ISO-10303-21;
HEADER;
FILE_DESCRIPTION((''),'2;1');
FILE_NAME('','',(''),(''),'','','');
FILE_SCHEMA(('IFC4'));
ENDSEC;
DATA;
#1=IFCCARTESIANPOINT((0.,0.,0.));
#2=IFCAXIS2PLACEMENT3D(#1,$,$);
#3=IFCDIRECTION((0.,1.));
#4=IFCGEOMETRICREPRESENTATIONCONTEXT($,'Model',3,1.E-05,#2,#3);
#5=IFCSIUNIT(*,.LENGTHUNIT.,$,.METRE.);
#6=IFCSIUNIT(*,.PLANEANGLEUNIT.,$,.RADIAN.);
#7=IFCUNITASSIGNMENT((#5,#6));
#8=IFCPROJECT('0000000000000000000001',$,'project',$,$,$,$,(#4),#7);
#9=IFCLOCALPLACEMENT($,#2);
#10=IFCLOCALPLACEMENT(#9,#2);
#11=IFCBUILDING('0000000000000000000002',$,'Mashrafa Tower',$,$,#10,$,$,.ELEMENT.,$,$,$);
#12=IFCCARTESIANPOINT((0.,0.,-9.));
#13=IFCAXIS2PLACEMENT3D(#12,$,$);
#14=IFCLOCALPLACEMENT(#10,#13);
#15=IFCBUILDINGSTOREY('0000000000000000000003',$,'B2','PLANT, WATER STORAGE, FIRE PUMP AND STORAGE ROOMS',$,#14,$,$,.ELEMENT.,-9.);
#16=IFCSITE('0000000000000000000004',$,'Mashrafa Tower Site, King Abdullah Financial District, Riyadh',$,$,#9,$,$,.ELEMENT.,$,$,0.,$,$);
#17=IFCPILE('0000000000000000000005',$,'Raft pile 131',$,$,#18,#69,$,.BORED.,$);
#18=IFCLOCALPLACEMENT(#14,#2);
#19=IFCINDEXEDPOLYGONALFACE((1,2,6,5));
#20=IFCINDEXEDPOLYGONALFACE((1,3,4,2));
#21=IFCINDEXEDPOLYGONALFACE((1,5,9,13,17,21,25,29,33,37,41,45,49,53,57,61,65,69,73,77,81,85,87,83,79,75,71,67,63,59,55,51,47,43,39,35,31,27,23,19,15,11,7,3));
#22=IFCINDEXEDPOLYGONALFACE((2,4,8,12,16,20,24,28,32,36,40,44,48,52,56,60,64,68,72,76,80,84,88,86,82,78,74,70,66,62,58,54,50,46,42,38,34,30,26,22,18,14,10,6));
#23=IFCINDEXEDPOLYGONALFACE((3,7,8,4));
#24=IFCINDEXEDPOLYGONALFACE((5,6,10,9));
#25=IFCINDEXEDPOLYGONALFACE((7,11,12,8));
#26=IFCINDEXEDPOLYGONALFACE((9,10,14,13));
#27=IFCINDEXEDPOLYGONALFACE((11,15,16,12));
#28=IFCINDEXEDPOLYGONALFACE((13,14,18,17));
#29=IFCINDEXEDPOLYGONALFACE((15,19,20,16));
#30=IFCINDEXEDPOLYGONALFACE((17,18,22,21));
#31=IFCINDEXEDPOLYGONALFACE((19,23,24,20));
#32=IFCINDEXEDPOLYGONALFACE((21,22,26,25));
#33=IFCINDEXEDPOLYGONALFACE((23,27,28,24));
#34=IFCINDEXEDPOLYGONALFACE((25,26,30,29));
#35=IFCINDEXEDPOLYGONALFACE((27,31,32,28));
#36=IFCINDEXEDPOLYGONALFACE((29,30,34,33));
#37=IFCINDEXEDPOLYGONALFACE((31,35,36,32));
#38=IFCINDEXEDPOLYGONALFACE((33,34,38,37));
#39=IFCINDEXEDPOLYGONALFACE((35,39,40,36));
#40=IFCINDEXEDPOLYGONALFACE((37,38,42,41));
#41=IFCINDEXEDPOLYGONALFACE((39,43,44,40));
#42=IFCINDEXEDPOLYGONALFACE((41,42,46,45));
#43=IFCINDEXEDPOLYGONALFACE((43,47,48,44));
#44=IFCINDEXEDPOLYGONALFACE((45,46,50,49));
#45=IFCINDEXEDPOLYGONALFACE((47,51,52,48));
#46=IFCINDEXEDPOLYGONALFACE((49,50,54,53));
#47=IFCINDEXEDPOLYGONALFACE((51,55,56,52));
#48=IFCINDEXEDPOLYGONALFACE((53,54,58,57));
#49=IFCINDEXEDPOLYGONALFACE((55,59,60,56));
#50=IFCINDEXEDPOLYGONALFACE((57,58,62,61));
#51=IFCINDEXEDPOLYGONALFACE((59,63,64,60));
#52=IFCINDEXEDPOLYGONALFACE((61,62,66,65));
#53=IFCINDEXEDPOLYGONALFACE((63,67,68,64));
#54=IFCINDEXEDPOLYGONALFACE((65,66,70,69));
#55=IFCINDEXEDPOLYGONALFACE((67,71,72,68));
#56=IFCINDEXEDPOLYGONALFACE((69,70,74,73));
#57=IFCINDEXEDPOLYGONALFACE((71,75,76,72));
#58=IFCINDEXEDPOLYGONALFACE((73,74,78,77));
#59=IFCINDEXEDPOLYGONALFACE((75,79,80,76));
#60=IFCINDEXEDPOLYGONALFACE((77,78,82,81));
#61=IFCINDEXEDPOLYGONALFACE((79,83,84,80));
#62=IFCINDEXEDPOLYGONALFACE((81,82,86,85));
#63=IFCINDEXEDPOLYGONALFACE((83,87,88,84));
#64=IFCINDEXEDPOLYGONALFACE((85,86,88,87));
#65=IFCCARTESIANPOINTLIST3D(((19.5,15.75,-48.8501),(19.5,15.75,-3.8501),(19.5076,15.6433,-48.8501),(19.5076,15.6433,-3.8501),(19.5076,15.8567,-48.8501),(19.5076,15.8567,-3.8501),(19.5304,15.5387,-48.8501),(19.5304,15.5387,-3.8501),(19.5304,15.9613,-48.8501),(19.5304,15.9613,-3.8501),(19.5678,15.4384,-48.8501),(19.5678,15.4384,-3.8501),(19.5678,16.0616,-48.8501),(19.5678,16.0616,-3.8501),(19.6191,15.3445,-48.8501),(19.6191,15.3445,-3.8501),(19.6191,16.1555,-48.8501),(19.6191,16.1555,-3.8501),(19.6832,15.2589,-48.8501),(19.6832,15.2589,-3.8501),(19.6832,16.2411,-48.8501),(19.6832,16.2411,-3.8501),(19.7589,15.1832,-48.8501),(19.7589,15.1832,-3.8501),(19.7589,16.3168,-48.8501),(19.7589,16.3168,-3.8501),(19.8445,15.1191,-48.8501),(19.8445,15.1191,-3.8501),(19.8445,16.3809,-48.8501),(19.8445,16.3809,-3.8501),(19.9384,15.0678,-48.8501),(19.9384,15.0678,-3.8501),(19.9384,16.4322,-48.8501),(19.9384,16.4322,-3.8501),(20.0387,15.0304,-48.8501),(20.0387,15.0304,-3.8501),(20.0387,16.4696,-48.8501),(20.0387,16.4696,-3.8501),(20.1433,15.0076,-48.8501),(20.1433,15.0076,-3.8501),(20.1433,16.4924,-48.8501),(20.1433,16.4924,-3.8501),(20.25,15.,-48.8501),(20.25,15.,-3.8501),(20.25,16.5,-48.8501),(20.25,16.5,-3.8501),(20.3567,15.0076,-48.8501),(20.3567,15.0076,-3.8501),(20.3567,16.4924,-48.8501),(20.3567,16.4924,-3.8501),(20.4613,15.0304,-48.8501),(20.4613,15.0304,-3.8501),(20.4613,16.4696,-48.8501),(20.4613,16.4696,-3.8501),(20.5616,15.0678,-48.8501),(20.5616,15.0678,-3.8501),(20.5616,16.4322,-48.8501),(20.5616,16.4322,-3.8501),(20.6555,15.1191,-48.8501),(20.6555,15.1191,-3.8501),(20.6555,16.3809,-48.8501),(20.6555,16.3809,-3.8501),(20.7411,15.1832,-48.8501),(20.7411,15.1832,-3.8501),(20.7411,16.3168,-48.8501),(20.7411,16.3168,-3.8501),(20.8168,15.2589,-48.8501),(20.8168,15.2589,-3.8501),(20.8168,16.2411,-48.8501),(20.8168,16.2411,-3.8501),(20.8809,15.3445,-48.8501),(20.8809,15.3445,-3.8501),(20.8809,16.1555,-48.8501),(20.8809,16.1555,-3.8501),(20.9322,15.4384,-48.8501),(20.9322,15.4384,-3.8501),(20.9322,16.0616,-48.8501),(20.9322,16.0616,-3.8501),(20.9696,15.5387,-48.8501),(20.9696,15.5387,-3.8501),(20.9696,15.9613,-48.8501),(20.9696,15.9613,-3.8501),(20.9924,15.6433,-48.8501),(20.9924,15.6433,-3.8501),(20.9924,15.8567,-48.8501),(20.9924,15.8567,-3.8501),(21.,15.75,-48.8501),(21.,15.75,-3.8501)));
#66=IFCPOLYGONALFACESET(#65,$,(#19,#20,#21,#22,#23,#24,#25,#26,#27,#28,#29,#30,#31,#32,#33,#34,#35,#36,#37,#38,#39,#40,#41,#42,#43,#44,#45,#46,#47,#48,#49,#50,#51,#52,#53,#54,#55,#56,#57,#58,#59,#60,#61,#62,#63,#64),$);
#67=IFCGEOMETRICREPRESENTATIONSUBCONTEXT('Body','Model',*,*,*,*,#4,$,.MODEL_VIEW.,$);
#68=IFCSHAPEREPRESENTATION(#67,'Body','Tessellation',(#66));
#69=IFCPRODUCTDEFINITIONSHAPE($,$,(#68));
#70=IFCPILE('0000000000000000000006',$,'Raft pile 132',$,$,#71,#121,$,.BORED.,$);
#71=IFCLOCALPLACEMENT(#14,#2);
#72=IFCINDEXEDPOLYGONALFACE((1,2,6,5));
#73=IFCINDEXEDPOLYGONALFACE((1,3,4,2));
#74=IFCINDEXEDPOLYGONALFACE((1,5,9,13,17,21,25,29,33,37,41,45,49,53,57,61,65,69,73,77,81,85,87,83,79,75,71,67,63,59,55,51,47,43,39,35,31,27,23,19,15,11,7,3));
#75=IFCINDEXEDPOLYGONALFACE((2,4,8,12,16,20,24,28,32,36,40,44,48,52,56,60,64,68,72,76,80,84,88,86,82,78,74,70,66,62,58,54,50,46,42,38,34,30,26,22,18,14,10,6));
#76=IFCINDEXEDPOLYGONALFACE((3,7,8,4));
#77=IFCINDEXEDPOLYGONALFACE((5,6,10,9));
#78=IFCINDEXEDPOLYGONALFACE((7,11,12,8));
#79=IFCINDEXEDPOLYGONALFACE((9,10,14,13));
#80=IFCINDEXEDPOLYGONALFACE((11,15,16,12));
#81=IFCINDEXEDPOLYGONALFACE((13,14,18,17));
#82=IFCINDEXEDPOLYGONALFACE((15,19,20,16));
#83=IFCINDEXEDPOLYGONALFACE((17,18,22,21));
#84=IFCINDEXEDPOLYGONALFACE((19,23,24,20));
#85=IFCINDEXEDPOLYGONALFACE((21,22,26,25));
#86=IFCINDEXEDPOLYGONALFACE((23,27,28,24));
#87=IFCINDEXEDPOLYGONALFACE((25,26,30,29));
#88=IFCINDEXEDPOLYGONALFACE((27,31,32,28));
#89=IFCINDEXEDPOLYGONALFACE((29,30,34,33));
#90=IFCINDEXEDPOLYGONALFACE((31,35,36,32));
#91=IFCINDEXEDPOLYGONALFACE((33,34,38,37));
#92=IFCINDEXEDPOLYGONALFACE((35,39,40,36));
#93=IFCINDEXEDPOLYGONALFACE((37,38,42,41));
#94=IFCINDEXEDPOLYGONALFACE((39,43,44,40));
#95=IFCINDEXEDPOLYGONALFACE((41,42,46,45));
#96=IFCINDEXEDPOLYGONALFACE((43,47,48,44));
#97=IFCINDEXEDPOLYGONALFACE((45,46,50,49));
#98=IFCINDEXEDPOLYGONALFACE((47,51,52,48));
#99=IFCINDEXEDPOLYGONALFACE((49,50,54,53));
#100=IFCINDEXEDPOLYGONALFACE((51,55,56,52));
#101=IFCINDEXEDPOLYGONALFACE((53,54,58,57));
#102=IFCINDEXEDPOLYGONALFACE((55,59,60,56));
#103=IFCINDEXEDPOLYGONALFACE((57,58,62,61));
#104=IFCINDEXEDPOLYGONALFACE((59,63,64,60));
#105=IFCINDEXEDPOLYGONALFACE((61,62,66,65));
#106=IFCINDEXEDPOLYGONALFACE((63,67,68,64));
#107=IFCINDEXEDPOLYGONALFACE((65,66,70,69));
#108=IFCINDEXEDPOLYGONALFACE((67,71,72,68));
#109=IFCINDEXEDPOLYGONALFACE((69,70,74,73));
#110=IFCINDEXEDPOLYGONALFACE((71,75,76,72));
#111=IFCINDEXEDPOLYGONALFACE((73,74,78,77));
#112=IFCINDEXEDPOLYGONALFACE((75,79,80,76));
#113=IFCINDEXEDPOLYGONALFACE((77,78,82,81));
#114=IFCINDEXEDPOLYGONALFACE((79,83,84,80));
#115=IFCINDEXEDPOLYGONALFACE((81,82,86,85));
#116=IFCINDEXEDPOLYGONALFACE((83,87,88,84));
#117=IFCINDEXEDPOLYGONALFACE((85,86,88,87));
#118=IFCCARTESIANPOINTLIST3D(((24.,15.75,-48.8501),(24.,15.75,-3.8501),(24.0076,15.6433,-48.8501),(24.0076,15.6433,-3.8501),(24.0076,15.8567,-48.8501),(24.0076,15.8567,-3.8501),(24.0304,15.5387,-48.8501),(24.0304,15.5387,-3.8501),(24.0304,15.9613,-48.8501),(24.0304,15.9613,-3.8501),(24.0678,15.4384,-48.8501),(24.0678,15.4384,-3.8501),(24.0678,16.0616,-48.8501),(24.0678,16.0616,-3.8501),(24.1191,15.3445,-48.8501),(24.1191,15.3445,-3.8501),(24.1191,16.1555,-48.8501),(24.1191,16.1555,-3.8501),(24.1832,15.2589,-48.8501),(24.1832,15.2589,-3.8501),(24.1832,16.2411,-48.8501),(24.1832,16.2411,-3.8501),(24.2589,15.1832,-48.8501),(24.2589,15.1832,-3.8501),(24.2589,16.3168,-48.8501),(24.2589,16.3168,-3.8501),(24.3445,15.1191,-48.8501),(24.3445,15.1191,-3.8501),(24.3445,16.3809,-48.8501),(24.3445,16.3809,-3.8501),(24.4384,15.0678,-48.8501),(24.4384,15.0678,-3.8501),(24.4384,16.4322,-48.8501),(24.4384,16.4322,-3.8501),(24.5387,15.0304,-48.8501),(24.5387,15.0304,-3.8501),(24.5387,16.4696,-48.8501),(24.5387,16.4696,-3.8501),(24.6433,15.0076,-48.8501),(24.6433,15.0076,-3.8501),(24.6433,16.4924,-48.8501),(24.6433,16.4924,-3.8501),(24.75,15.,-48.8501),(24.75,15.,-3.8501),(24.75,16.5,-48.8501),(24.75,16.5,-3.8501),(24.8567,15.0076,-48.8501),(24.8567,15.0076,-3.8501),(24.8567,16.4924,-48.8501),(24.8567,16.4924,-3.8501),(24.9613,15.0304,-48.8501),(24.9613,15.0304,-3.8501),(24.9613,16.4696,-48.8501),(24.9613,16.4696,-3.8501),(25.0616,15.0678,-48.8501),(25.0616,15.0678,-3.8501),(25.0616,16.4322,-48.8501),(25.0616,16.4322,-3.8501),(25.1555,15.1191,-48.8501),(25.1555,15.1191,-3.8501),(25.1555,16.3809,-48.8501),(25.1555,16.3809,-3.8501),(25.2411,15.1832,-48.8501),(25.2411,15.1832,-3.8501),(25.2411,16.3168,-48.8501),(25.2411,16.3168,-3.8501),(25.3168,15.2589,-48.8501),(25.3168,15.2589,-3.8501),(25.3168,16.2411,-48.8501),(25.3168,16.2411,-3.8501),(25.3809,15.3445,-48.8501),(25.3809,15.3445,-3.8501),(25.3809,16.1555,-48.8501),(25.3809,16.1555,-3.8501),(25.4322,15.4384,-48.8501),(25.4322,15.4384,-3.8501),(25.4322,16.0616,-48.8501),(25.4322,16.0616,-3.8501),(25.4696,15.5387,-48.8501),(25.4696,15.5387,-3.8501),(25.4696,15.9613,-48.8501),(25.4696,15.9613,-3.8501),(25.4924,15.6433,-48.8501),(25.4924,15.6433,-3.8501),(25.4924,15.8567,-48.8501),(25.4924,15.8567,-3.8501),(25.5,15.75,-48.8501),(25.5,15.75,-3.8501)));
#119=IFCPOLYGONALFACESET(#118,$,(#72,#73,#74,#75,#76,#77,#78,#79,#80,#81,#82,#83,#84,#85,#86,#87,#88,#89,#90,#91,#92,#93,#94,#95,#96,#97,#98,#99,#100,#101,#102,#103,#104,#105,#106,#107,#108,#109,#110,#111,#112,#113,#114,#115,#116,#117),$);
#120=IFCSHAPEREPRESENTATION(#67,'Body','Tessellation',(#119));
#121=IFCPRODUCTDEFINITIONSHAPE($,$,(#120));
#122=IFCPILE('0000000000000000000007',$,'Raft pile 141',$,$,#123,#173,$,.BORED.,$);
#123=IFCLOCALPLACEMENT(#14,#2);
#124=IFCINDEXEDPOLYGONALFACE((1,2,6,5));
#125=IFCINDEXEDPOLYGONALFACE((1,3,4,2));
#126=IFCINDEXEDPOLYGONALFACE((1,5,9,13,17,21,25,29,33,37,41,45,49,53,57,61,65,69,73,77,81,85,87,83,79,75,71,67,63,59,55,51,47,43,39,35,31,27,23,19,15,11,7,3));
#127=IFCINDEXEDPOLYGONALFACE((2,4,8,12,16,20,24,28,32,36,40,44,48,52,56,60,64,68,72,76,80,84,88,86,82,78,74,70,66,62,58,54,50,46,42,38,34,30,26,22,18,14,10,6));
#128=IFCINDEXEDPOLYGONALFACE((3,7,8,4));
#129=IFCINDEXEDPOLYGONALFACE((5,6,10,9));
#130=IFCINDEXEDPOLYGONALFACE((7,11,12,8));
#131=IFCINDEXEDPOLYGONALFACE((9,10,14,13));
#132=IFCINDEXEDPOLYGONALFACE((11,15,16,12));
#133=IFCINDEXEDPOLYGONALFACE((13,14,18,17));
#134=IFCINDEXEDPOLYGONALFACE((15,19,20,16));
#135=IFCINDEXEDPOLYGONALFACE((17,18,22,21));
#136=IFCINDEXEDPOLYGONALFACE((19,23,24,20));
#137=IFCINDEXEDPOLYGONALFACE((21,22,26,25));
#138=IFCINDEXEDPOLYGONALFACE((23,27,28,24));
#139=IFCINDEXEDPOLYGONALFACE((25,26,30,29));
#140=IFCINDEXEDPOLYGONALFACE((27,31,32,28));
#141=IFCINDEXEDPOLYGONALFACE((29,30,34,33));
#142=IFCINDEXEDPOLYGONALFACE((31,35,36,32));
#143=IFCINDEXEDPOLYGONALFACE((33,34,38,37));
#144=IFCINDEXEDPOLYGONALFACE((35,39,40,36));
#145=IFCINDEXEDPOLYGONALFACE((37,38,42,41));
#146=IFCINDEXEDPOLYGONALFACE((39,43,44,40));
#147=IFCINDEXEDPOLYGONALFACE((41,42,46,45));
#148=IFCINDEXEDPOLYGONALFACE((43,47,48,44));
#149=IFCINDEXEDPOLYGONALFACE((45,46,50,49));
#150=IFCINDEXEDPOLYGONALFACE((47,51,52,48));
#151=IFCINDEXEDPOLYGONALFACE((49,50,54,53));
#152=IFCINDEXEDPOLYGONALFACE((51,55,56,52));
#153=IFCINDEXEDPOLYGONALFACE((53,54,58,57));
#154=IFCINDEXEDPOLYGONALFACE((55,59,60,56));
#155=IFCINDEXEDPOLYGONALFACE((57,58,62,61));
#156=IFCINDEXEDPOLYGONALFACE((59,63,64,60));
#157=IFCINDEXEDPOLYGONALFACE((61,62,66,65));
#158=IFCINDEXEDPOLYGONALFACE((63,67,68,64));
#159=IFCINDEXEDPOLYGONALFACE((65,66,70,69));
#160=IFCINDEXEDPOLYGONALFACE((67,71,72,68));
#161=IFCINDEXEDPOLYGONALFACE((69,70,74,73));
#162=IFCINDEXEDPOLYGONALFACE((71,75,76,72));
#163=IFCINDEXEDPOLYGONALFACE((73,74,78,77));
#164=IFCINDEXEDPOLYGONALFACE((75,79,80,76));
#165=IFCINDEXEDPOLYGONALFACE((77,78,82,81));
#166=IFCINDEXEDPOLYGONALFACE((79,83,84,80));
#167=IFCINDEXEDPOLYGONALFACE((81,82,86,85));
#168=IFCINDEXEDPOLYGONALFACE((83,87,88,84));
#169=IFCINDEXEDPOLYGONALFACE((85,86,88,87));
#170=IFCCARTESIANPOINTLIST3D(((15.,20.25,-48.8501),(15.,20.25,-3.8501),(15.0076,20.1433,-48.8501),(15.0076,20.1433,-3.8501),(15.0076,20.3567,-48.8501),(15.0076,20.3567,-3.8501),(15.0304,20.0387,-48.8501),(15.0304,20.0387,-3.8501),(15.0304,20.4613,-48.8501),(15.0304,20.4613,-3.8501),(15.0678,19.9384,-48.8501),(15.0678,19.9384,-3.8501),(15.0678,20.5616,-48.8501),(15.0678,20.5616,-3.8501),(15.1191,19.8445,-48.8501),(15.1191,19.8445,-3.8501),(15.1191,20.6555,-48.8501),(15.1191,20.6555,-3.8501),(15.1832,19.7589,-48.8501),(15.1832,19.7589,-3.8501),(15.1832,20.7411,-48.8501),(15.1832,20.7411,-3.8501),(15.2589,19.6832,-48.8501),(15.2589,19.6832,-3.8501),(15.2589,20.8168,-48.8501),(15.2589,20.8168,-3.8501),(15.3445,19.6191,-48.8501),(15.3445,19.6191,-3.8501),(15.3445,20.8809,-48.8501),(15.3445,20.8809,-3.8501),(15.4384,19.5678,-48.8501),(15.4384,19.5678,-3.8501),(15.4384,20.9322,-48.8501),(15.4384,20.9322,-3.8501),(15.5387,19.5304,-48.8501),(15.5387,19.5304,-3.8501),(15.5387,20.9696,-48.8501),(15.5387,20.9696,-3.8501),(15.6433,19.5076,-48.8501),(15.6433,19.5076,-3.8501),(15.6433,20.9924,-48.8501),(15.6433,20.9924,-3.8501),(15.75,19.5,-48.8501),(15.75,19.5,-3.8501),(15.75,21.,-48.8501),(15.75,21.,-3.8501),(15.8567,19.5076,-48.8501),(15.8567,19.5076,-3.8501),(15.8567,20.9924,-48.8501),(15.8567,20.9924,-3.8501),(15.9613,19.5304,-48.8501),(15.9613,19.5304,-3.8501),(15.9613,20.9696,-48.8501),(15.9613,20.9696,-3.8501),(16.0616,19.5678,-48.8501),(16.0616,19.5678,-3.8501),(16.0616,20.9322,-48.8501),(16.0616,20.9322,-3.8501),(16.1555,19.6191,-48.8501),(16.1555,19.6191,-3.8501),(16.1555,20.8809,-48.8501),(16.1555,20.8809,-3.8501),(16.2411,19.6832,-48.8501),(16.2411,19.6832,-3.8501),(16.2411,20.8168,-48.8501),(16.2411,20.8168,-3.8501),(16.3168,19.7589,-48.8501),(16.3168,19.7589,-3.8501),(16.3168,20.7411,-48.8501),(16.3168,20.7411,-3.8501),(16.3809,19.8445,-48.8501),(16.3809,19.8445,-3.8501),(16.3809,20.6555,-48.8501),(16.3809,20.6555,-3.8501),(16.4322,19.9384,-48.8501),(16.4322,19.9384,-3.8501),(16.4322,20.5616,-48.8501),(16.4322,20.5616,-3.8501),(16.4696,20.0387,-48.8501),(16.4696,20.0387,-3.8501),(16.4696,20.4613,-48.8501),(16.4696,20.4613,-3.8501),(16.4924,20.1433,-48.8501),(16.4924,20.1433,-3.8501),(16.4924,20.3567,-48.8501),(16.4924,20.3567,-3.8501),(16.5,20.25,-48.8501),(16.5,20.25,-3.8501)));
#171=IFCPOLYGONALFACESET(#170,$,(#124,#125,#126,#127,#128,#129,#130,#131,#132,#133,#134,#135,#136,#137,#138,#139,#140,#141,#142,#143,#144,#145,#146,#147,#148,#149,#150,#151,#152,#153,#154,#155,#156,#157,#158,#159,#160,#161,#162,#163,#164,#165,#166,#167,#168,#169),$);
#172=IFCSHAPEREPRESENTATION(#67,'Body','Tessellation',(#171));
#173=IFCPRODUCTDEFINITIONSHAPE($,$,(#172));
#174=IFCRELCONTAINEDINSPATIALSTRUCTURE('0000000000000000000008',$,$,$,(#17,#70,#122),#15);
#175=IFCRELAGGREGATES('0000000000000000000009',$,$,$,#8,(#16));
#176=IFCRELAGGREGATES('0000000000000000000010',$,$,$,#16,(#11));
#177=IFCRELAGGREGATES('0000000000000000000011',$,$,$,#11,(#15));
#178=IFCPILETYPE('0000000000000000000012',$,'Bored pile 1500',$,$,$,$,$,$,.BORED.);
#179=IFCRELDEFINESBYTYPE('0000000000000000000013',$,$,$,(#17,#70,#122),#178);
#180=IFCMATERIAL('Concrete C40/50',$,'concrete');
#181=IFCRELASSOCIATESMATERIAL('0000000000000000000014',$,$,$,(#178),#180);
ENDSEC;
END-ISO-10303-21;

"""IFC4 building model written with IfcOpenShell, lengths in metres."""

from ifc_helpers import new_model, si_unit, direction, frame, origin, origin_2d, place, context, subcontext, project, spatial, circle, extrude, material, material_profile, profile_set, type_object, element, save


model = new_model("IFC4")

# Units and contexts
model_context = context("Model", 3, precision=1e-05, world=origin(), true_north=direction((0.0, 1.0)))
body_context = subcontext(model_context, "Body", "Model", "MODEL_VIEW")
ifc_project = project(units=[si_unit("LENGTHUNIT", "METRE"), si_unit("PLANEANGLEUNIT", "RADIAN")], contexts=[model_context])

# Site, building, storey
site_placement = place(None, origin())
site = spatial("IfcSite", under=ifc_project, at=site_placement, Name="Mashrafa Tower Site, King Abdullah Financial District, Riyadh", CompositionType="ELEMENT", RefElevation=0.0)
building_placement = place(site_placement, origin())
building = spatial("IfcBuilding", under=site, at=building_placement, Name="Mashrafa Tower", CompositionType="ELEMENT")
storey_placement = place(building_placement, frame((0.0, 0.0, -9.0)))
storey = spatial("IfcBuildingStorey", under=building, at=storey_placement, Name="B2", Description="PLANT, WATER STORAGE, FIRE PUMP AND STORAGE ROOMS", CompositionType="ELEMENT", Elevation=-9.0)

# Piles
ifc_material_1 = material(Name="Concrete C40/50", Category="concrete")
ifc_material_profile_1 = material_profile(ifc_material_1, circle(Radius=0.75, at=origin_2d()), Name="1500 DIA")
ifc_profile_set_1 = profile_set([ifc_material_profile_1], Name="Concrete C40/50")
pile_type_1 = type_object("IfcPileType", Name="Bored pile 1500", PredefinedType="BORED", material=ifc_profile_set_1)
for number, where, z_axis, x_axis, name in (
    (1, (20.25, 15.75, -3.8501), (0.0, 0.0, -1.0), (1.0, 0.0, 0.0), "Raft pile 131"),
    (2, (24.75, 15.75, -3.8501), (0.0, 0.0, -1.0), (1.0, 0.0, 0.0), "Raft pile 132"),
    (3, (15.75, 20.25, -3.8501), (0.0, 0.0, -1.0), (1.0, 0.0, 0.0), "Raft pile 141"),
):
    element("IfcPile", number, at=place(storey_placement, frame(where, z_axis=z_axis, x_axis=x_axis)), inside=storey, type_object=pile_type_1, Name=name, PredefinedType="BORED", context=body_context, shape_type="SweptSolid", body=[
        extrude(circle(Radius=0.75, at=origin_2d()), origin(), (0.0, 0.0, 1.0), 45.0),
    ])

save(model, "model.ifc")
